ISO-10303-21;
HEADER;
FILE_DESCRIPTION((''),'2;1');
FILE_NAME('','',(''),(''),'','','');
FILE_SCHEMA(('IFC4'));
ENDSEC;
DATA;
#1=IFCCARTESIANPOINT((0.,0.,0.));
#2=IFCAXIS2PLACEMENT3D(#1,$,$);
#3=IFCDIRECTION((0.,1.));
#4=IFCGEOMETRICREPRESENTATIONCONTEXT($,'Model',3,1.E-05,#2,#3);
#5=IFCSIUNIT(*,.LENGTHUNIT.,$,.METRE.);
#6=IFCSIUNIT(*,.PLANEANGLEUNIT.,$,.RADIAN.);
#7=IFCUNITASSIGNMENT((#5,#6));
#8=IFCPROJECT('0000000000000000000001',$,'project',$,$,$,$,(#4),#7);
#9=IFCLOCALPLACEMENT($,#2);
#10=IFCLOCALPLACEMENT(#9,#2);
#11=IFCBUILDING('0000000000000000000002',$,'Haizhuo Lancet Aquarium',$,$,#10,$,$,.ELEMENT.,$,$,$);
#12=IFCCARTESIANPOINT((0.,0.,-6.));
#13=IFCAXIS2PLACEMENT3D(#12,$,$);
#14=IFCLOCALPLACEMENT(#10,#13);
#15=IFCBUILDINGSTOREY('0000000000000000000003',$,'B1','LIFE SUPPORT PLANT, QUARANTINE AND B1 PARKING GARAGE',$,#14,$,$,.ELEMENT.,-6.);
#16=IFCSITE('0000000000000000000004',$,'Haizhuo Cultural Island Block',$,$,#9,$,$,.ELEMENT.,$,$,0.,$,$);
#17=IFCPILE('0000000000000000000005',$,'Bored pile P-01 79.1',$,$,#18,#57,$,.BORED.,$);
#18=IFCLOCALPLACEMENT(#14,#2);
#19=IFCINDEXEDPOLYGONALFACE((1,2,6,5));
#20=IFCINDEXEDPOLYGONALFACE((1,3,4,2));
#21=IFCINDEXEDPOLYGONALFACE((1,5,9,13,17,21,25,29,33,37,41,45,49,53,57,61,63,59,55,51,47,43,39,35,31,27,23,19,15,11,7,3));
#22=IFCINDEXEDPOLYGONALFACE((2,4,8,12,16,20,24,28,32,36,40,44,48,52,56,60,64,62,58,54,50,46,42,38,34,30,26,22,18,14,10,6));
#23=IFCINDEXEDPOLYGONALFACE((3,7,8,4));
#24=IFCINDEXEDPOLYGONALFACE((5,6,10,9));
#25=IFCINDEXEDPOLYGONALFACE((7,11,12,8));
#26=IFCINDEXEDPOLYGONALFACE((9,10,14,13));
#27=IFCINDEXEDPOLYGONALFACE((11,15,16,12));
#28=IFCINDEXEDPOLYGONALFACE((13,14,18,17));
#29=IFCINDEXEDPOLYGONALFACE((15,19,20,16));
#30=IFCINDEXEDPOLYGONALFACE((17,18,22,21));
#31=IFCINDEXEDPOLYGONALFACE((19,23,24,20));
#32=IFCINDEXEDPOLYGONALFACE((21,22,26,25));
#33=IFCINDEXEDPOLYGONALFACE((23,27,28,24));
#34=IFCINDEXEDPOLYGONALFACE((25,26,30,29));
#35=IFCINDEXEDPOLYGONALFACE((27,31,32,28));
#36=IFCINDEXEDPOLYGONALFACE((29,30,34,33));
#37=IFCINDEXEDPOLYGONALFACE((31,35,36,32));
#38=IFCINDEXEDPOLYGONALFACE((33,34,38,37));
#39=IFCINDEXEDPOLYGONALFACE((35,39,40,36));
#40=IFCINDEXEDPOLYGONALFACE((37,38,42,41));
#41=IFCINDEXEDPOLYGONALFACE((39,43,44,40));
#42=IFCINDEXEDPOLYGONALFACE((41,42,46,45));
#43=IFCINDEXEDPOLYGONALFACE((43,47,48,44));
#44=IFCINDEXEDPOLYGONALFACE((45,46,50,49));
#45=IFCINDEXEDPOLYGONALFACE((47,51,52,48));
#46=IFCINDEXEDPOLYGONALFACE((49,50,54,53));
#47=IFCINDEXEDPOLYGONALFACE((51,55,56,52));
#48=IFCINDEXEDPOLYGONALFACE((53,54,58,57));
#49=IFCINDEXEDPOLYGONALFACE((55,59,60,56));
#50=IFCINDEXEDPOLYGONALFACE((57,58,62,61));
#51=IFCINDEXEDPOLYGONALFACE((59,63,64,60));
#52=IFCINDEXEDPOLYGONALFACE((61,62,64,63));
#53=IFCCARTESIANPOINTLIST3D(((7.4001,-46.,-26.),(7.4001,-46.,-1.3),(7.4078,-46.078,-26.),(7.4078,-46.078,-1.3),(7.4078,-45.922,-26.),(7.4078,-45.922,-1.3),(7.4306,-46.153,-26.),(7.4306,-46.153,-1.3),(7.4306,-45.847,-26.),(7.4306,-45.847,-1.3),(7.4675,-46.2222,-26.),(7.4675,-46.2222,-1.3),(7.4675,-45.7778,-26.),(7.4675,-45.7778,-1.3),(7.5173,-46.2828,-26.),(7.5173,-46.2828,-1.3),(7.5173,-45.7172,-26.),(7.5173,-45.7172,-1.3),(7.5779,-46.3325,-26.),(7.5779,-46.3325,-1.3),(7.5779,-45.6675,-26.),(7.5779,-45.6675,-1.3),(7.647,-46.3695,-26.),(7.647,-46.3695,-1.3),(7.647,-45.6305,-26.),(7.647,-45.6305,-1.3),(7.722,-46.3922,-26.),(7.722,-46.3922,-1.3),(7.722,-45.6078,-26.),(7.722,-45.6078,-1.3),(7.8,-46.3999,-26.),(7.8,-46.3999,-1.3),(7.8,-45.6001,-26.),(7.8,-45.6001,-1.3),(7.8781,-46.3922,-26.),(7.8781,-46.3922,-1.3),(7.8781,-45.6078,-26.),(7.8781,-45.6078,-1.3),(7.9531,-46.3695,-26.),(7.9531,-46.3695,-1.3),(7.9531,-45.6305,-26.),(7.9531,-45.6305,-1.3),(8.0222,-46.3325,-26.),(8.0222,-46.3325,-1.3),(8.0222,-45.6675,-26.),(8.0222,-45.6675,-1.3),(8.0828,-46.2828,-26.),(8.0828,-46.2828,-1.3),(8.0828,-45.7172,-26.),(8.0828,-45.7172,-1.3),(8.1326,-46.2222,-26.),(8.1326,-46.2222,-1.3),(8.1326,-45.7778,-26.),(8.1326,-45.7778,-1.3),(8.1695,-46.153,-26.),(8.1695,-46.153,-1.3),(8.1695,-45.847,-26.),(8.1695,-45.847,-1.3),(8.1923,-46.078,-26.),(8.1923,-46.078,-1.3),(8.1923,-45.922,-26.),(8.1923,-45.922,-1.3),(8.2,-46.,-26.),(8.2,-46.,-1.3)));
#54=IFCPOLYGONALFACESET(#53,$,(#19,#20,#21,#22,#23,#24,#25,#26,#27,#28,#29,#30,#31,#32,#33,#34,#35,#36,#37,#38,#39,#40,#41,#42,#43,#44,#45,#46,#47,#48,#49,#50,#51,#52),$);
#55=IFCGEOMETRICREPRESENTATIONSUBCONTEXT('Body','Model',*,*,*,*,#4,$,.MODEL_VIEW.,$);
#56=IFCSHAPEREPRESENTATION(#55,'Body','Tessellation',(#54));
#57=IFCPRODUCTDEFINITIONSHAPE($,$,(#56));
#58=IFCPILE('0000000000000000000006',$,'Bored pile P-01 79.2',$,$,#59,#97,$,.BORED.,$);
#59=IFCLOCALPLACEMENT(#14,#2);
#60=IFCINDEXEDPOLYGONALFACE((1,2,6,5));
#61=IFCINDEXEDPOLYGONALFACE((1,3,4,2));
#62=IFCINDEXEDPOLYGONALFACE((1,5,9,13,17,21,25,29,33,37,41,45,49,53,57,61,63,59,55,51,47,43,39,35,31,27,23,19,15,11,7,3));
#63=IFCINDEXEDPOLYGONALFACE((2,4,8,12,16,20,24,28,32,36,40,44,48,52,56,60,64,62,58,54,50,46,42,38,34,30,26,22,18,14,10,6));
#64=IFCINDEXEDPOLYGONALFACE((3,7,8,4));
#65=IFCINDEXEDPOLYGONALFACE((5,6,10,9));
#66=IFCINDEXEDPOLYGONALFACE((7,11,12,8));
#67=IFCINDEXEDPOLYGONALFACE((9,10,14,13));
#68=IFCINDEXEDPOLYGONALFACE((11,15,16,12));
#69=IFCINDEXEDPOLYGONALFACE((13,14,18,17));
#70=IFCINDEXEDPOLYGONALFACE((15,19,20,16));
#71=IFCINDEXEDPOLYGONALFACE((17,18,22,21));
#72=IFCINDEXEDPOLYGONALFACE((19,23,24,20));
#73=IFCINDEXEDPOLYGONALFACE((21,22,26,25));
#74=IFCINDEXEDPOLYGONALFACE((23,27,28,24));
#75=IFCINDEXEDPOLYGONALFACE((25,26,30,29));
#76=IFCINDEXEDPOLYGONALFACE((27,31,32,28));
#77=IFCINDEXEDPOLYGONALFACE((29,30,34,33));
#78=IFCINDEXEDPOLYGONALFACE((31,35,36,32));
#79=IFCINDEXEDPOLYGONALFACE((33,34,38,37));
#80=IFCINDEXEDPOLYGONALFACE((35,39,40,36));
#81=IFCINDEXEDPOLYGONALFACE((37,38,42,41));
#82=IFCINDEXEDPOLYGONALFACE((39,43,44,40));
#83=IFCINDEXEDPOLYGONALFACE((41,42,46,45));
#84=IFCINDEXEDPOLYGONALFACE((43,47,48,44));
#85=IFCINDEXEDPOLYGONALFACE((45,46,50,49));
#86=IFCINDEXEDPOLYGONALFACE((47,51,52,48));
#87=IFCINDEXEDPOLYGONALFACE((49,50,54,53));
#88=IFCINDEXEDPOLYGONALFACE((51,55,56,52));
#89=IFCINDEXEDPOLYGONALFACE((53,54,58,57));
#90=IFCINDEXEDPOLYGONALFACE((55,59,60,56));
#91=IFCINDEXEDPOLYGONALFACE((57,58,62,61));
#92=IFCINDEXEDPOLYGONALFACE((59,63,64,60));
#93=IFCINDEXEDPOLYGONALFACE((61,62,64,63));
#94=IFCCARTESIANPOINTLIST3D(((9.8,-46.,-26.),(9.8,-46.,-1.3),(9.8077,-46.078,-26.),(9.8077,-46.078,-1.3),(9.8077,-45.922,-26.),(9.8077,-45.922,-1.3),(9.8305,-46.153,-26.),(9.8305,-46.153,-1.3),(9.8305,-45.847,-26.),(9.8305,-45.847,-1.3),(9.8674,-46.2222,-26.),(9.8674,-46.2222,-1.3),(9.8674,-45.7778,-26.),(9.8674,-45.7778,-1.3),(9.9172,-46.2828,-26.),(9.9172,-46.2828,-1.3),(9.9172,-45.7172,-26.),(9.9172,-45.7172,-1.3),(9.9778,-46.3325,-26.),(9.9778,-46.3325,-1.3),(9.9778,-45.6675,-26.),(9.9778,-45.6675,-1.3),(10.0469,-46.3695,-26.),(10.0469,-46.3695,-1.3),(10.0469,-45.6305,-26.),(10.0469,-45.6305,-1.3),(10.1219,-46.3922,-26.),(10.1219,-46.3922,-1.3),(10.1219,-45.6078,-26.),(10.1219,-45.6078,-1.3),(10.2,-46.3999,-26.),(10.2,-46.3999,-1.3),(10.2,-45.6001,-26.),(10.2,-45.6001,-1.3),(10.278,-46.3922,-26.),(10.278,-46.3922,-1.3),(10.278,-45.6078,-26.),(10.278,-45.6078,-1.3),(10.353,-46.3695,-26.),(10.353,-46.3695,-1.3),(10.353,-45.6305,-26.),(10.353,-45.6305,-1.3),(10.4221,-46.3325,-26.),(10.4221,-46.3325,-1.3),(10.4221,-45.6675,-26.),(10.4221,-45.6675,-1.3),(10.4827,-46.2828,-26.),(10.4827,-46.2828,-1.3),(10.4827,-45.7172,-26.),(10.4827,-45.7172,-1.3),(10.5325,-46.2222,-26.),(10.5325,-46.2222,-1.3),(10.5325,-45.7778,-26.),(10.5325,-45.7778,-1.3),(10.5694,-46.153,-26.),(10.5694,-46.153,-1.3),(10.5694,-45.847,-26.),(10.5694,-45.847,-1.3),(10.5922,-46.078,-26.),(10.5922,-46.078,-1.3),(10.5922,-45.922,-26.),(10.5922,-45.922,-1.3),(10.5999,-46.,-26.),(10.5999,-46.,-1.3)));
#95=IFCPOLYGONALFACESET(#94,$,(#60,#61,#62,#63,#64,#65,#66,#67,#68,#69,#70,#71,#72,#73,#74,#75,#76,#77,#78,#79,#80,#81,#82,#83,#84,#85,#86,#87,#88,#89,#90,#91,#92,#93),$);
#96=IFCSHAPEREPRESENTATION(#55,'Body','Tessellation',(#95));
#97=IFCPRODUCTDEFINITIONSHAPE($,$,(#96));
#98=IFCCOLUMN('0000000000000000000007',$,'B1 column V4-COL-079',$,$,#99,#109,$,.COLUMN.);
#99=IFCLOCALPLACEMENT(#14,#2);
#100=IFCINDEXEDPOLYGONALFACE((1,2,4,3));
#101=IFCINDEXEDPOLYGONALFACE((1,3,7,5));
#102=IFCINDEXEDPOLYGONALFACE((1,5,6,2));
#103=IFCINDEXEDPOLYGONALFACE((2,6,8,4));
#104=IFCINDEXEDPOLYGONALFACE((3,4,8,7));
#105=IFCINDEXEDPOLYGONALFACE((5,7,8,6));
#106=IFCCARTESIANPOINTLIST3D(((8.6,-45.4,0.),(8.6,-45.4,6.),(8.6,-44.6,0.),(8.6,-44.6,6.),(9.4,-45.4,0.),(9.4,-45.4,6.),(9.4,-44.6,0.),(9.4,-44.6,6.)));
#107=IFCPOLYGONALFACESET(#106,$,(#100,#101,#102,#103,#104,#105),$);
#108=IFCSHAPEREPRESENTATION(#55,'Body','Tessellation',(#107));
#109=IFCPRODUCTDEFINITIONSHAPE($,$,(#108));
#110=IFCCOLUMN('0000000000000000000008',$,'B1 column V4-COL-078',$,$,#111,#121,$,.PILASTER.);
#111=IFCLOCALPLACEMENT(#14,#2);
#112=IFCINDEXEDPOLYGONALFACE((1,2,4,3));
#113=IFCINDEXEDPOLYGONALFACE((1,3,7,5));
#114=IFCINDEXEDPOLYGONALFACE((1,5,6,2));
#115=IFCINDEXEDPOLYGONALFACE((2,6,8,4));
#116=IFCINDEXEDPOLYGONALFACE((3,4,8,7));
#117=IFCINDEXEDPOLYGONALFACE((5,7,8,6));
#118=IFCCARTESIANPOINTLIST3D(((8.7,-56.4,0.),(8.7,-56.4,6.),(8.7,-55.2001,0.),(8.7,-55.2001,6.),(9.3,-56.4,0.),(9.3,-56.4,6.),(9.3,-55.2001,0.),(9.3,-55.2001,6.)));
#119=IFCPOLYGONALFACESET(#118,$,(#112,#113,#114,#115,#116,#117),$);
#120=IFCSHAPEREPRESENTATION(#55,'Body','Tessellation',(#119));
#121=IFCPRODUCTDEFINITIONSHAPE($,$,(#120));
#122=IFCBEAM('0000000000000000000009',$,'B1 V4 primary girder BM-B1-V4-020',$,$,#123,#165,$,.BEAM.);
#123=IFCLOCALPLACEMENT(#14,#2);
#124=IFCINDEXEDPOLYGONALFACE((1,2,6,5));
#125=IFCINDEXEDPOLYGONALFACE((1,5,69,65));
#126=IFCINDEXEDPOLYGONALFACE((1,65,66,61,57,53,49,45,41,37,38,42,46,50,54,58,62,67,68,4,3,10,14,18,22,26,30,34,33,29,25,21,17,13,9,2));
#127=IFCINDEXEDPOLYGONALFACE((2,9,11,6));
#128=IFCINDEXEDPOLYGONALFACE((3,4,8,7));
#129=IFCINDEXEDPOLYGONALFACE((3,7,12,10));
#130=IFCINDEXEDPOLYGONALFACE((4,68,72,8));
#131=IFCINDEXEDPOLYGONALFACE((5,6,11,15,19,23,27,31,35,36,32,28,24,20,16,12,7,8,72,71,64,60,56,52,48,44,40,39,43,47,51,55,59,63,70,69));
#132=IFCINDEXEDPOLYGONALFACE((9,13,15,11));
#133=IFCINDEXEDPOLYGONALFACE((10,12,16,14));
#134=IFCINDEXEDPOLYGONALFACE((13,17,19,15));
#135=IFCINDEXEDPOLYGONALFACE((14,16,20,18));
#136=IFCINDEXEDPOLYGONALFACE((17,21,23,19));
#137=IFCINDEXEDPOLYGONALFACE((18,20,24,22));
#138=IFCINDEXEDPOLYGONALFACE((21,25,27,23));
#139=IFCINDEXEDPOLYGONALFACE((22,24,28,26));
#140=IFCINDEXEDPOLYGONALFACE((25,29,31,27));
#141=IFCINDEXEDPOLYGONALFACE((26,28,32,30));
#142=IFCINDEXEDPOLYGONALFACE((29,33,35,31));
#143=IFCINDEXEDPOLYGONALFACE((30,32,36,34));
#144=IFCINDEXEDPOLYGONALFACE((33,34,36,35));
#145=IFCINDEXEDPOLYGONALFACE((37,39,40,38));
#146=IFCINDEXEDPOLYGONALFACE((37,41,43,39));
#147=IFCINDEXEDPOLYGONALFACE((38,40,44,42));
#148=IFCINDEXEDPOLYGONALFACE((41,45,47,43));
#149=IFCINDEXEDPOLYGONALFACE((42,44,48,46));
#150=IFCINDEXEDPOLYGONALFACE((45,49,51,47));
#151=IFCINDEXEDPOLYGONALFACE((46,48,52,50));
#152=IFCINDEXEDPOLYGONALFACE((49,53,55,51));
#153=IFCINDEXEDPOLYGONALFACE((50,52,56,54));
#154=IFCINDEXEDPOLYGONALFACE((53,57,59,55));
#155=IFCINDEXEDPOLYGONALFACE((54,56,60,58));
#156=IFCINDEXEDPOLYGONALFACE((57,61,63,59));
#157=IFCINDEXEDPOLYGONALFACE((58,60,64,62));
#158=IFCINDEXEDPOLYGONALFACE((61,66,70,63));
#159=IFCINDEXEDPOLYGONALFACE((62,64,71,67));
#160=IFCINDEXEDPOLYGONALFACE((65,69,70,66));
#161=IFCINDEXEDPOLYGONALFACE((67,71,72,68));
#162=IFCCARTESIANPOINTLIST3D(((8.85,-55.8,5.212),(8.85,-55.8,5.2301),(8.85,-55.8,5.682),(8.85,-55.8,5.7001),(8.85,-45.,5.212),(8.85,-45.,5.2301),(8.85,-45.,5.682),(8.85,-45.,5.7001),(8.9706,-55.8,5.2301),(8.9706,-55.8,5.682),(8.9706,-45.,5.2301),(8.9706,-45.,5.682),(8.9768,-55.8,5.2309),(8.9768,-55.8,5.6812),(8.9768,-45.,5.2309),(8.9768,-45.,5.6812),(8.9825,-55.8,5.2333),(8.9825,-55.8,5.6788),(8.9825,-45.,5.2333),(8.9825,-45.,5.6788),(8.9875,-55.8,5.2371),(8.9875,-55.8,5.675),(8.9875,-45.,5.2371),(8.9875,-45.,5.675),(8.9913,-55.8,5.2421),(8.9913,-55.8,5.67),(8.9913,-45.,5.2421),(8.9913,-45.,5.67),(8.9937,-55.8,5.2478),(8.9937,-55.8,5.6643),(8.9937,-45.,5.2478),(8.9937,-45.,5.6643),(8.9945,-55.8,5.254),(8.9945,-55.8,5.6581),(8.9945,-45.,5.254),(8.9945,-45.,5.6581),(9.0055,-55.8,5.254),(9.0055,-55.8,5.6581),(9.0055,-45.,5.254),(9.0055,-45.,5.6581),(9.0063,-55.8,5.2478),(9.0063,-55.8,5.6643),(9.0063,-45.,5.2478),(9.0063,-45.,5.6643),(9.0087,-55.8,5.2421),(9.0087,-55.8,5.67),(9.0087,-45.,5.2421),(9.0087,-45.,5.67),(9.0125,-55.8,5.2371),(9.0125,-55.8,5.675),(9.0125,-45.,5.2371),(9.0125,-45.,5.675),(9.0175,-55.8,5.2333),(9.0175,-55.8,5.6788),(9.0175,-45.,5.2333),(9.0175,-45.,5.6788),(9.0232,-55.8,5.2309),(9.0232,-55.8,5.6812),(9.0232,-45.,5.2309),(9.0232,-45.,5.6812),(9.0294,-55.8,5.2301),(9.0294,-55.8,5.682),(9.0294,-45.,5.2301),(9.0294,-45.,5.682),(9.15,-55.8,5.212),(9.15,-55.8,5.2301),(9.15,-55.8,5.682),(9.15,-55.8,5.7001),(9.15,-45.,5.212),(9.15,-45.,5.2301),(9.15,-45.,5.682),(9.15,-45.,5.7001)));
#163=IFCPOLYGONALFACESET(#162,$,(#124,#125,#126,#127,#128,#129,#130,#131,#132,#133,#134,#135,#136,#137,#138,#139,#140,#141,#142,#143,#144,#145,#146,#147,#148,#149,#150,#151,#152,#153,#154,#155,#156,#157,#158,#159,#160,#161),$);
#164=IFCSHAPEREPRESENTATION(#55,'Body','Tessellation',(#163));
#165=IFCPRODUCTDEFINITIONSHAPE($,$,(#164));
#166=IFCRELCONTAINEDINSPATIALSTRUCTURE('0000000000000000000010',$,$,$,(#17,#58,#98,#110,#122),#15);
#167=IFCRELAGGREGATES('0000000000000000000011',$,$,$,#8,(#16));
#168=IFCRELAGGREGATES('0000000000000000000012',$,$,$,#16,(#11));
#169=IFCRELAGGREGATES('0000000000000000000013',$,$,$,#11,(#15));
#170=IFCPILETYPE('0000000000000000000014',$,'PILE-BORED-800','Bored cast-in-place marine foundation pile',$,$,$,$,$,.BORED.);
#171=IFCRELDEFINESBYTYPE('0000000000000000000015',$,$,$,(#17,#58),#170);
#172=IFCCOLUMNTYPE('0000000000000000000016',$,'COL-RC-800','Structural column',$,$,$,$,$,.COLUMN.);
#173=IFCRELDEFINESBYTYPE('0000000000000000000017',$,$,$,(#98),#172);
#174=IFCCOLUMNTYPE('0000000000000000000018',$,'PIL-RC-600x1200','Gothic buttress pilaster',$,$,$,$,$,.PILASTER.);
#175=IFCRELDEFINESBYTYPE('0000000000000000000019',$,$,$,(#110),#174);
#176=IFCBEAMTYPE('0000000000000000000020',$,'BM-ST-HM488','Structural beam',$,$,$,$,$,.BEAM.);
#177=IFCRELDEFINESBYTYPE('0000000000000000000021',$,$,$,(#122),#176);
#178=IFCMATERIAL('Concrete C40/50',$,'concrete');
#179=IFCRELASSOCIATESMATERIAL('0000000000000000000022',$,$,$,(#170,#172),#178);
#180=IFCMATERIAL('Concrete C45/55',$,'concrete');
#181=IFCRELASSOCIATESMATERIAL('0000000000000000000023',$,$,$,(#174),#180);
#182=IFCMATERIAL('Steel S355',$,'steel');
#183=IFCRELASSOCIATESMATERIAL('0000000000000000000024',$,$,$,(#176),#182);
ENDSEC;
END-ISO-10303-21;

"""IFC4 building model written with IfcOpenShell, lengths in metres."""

from ifc_helpers import new_model, si_unit, direction, frame, origin, origin_2d, place, context, subcontext, project, spatial, rectangle, circle, i_section, extrude, material, material_profile, profile_set, type_object, element, save


model = new_model("IFC4")

# Units and contexts
model_context = context("Model", 3, precision=1e-05, world=origin(), true_north=direction((0.0, 1.0)))
body_context = subcontext(model_context, "Body", "Model", "MODEL_VIEW")
ifc_project = project(units=[si_unit("LENGTHUNIT", "METRE"), si_unit("PLANEANGLEUNIT", "RADIAN")], contexts=[model_context])

# Site, building, storey
site_placement = place(None, origin())
site = spatial("IfcSite", under=ifc_project, at=site_placement, Name="Haizhuo Cultural Island Block", CompositionType="ELEMENT", RefElevation=0.0)
building_placement = place(site_placement, origin())
building = spatial("IfcBuilding", under=site, at=building_placement, Name="Haizhuo Lancet Aquarium", CompositionType="ELEMENT")
storey_placement = place(building_placement, frame((0.0, 0.0, -6.0)))
storey = spatial("IfcBuildingStorey", under=building, at=storey_placement, Name="B1", Description="LIFE SUPPORT PLANT, QUARANTINE AND B1 PARKING GARAGE", CompositionType="ELEMENT", Elevation=-6.0)

# Shared definitions
ifc_material_1 = material(Name="Concrete C40/50", Category="concrete")

# Piles
ifc_material_profile_1 = material_profile(ifc_material_1, circle(Radius=0.3999, at=origin_2d()), Name="PILE-800")
ifc_profile_set_1 = profile_set([ifc_material_profile_1], Name="Concrete C40/50")
pile_type = type_object("IfcPileType", Name="PILE-BORED-800", Description="Bored cast-in-place marine foundation pile", PredefinedType="BORED", material=ifc_profile_set_1)
for number, where, z_axis, x_axis, name in (
    (1, (7.8, -46.0, -1.3), (0.0, 0.0, -1.0), (1.0, 0.0, 0.0), "Bored pile P-01 79.1"),
    (2, (10.2, -46.0, -1.3), (0.0, 0.0, -1.0), (1.0, 0.0, 0.0), "Bored pile P-01 79.2"),
):
    element("IfcPile", number, at=place(storey_placement, frame(where, z_axis=z_axis, x_axis=x_axis)), inside=storey, type_object=pile_type, Name=name, PredefinedType="BORED", context=body_context, shape_type="SweptSolid", body=[
        extrude(circle(Radius=0.3999, at=origin_2d()), origin(), (0.0, 0.0, 1.0), 24.7),
    ])

# Columns
ifc_material_profile_2 = material_profile(ifc_material_1, rectangle(XDim=0.8, YDim=0.8, at=origin_2d()), Name="RC-COL 800x800")
ifc_profile_set_2 = profile_set([ifc_material_profile_2], Name="Concrete C40/50")
column_type_1 = type_object("IfcColumnType", Name="COL-RC-800", Description="Structural column", PredefinedType="COLUMN", material=ifc_profile_set_2)
column_1_placement = place(storey_placement, frame((9.0, -45.0, 0.0), z_axis=(0.0, 0.0, 1.0), x_axis=(1.0, 0.0, 0.0)))
element("IfcColumn", 3, at=column_1_placement, inside=storey, type_object=column_type_1, Name="B1 column V4-COL-079", PredefinedType="COLUMN", context=body_context, shape_type="SweptSolid", body=[
    extrude(rectangle(XDim=0.8, YDim=0.8, at=origin_2d()), origin(), (0.0, 0.0, 1.0), 6.0),
])
ifc_material_2 = material(Name="Concrete C45/55", Category="concrete")
ifc_material_profile_3 = material_profile(ifc_material_2, rectangle(XDim=0.6001, YDim=1.2, at=origin_2d()), Name="RC-PIL 600x1200")
ifc_profile_set_3 = profile_set([ifc_material_profile_3], Name="Concrete C45/55")
column_type_2 = type_object("IfcColumnType", Name="PIL-RC-600x1200", Description="Gothic buttress pilaster", PredefinedType="PILASTER", material=ifc_profile_set_3)
column_2_placement = place(storey_placement, frame((9.0, -55.8, 0.0), z_axis=(0.0, 0.0, 1.0), x_axis=(1.0, 0.0, 0.0)))
element("IfcColumn", 4, at=column_2_placement, inside=storey, type_object=column_type_2, Name="B1 column V4-COL-078", PredefinedType="PILASTER", context=body_context, shape_type="SweptSolid", body=[
    extrude(rectangle(XDim=0.6001, YDim=1.2, at=origin_2d()), origin(), (0.0, 0.0, 1.0), 6.0),
])

# Beam
ifc_material_3 = material(Name="Steel S355", Category="steel")
ifc_material_profile_4 = material_profile(ifc_material_3, i_section(OverallWidth=0.3, OverallDepth=0.488, WebThickness=0.011, FlangeThickness=0.0181, FilletRadius=0.0239, at=origin_2d()), Name="HM 488x300x11x18")
ifc_profile_set_4 = profile_set([ifc_material_profile_4], Name="Steel S355")
beam_type_1 = type_object("IfcBeamType", Name="BM-ST-HM488", Description="Structural beam", PredefinedType="BEAM", material=ifc_profile_set_4)
beam_1_placement = place(storey_placement, frame((9.0, -55.8, 5.4561), z_axis=(0.0, 1.0, 0.0), x_axis=(-1.0, 0.0, 0.0)))
element("IfcBeam", 5, at=beam_1_placement, inside=storey, type_object=beam_type_1, Name="B1 V4 primary girder BM-B1-V4-020", PredefinedType="BEAM", context=body_context, shape_type="SweptSolid", body=[
    extrude(i_section(OverallWidth=0.3, OverallDepth=0.488, WebThickness=0.011, FlangeThickness=0.0181, FilletRadius=0.0239, at=origin_2d()), origin(), (0.0, 0.0, 1.0), 10.8),
])

save(model, "model.ifc")
